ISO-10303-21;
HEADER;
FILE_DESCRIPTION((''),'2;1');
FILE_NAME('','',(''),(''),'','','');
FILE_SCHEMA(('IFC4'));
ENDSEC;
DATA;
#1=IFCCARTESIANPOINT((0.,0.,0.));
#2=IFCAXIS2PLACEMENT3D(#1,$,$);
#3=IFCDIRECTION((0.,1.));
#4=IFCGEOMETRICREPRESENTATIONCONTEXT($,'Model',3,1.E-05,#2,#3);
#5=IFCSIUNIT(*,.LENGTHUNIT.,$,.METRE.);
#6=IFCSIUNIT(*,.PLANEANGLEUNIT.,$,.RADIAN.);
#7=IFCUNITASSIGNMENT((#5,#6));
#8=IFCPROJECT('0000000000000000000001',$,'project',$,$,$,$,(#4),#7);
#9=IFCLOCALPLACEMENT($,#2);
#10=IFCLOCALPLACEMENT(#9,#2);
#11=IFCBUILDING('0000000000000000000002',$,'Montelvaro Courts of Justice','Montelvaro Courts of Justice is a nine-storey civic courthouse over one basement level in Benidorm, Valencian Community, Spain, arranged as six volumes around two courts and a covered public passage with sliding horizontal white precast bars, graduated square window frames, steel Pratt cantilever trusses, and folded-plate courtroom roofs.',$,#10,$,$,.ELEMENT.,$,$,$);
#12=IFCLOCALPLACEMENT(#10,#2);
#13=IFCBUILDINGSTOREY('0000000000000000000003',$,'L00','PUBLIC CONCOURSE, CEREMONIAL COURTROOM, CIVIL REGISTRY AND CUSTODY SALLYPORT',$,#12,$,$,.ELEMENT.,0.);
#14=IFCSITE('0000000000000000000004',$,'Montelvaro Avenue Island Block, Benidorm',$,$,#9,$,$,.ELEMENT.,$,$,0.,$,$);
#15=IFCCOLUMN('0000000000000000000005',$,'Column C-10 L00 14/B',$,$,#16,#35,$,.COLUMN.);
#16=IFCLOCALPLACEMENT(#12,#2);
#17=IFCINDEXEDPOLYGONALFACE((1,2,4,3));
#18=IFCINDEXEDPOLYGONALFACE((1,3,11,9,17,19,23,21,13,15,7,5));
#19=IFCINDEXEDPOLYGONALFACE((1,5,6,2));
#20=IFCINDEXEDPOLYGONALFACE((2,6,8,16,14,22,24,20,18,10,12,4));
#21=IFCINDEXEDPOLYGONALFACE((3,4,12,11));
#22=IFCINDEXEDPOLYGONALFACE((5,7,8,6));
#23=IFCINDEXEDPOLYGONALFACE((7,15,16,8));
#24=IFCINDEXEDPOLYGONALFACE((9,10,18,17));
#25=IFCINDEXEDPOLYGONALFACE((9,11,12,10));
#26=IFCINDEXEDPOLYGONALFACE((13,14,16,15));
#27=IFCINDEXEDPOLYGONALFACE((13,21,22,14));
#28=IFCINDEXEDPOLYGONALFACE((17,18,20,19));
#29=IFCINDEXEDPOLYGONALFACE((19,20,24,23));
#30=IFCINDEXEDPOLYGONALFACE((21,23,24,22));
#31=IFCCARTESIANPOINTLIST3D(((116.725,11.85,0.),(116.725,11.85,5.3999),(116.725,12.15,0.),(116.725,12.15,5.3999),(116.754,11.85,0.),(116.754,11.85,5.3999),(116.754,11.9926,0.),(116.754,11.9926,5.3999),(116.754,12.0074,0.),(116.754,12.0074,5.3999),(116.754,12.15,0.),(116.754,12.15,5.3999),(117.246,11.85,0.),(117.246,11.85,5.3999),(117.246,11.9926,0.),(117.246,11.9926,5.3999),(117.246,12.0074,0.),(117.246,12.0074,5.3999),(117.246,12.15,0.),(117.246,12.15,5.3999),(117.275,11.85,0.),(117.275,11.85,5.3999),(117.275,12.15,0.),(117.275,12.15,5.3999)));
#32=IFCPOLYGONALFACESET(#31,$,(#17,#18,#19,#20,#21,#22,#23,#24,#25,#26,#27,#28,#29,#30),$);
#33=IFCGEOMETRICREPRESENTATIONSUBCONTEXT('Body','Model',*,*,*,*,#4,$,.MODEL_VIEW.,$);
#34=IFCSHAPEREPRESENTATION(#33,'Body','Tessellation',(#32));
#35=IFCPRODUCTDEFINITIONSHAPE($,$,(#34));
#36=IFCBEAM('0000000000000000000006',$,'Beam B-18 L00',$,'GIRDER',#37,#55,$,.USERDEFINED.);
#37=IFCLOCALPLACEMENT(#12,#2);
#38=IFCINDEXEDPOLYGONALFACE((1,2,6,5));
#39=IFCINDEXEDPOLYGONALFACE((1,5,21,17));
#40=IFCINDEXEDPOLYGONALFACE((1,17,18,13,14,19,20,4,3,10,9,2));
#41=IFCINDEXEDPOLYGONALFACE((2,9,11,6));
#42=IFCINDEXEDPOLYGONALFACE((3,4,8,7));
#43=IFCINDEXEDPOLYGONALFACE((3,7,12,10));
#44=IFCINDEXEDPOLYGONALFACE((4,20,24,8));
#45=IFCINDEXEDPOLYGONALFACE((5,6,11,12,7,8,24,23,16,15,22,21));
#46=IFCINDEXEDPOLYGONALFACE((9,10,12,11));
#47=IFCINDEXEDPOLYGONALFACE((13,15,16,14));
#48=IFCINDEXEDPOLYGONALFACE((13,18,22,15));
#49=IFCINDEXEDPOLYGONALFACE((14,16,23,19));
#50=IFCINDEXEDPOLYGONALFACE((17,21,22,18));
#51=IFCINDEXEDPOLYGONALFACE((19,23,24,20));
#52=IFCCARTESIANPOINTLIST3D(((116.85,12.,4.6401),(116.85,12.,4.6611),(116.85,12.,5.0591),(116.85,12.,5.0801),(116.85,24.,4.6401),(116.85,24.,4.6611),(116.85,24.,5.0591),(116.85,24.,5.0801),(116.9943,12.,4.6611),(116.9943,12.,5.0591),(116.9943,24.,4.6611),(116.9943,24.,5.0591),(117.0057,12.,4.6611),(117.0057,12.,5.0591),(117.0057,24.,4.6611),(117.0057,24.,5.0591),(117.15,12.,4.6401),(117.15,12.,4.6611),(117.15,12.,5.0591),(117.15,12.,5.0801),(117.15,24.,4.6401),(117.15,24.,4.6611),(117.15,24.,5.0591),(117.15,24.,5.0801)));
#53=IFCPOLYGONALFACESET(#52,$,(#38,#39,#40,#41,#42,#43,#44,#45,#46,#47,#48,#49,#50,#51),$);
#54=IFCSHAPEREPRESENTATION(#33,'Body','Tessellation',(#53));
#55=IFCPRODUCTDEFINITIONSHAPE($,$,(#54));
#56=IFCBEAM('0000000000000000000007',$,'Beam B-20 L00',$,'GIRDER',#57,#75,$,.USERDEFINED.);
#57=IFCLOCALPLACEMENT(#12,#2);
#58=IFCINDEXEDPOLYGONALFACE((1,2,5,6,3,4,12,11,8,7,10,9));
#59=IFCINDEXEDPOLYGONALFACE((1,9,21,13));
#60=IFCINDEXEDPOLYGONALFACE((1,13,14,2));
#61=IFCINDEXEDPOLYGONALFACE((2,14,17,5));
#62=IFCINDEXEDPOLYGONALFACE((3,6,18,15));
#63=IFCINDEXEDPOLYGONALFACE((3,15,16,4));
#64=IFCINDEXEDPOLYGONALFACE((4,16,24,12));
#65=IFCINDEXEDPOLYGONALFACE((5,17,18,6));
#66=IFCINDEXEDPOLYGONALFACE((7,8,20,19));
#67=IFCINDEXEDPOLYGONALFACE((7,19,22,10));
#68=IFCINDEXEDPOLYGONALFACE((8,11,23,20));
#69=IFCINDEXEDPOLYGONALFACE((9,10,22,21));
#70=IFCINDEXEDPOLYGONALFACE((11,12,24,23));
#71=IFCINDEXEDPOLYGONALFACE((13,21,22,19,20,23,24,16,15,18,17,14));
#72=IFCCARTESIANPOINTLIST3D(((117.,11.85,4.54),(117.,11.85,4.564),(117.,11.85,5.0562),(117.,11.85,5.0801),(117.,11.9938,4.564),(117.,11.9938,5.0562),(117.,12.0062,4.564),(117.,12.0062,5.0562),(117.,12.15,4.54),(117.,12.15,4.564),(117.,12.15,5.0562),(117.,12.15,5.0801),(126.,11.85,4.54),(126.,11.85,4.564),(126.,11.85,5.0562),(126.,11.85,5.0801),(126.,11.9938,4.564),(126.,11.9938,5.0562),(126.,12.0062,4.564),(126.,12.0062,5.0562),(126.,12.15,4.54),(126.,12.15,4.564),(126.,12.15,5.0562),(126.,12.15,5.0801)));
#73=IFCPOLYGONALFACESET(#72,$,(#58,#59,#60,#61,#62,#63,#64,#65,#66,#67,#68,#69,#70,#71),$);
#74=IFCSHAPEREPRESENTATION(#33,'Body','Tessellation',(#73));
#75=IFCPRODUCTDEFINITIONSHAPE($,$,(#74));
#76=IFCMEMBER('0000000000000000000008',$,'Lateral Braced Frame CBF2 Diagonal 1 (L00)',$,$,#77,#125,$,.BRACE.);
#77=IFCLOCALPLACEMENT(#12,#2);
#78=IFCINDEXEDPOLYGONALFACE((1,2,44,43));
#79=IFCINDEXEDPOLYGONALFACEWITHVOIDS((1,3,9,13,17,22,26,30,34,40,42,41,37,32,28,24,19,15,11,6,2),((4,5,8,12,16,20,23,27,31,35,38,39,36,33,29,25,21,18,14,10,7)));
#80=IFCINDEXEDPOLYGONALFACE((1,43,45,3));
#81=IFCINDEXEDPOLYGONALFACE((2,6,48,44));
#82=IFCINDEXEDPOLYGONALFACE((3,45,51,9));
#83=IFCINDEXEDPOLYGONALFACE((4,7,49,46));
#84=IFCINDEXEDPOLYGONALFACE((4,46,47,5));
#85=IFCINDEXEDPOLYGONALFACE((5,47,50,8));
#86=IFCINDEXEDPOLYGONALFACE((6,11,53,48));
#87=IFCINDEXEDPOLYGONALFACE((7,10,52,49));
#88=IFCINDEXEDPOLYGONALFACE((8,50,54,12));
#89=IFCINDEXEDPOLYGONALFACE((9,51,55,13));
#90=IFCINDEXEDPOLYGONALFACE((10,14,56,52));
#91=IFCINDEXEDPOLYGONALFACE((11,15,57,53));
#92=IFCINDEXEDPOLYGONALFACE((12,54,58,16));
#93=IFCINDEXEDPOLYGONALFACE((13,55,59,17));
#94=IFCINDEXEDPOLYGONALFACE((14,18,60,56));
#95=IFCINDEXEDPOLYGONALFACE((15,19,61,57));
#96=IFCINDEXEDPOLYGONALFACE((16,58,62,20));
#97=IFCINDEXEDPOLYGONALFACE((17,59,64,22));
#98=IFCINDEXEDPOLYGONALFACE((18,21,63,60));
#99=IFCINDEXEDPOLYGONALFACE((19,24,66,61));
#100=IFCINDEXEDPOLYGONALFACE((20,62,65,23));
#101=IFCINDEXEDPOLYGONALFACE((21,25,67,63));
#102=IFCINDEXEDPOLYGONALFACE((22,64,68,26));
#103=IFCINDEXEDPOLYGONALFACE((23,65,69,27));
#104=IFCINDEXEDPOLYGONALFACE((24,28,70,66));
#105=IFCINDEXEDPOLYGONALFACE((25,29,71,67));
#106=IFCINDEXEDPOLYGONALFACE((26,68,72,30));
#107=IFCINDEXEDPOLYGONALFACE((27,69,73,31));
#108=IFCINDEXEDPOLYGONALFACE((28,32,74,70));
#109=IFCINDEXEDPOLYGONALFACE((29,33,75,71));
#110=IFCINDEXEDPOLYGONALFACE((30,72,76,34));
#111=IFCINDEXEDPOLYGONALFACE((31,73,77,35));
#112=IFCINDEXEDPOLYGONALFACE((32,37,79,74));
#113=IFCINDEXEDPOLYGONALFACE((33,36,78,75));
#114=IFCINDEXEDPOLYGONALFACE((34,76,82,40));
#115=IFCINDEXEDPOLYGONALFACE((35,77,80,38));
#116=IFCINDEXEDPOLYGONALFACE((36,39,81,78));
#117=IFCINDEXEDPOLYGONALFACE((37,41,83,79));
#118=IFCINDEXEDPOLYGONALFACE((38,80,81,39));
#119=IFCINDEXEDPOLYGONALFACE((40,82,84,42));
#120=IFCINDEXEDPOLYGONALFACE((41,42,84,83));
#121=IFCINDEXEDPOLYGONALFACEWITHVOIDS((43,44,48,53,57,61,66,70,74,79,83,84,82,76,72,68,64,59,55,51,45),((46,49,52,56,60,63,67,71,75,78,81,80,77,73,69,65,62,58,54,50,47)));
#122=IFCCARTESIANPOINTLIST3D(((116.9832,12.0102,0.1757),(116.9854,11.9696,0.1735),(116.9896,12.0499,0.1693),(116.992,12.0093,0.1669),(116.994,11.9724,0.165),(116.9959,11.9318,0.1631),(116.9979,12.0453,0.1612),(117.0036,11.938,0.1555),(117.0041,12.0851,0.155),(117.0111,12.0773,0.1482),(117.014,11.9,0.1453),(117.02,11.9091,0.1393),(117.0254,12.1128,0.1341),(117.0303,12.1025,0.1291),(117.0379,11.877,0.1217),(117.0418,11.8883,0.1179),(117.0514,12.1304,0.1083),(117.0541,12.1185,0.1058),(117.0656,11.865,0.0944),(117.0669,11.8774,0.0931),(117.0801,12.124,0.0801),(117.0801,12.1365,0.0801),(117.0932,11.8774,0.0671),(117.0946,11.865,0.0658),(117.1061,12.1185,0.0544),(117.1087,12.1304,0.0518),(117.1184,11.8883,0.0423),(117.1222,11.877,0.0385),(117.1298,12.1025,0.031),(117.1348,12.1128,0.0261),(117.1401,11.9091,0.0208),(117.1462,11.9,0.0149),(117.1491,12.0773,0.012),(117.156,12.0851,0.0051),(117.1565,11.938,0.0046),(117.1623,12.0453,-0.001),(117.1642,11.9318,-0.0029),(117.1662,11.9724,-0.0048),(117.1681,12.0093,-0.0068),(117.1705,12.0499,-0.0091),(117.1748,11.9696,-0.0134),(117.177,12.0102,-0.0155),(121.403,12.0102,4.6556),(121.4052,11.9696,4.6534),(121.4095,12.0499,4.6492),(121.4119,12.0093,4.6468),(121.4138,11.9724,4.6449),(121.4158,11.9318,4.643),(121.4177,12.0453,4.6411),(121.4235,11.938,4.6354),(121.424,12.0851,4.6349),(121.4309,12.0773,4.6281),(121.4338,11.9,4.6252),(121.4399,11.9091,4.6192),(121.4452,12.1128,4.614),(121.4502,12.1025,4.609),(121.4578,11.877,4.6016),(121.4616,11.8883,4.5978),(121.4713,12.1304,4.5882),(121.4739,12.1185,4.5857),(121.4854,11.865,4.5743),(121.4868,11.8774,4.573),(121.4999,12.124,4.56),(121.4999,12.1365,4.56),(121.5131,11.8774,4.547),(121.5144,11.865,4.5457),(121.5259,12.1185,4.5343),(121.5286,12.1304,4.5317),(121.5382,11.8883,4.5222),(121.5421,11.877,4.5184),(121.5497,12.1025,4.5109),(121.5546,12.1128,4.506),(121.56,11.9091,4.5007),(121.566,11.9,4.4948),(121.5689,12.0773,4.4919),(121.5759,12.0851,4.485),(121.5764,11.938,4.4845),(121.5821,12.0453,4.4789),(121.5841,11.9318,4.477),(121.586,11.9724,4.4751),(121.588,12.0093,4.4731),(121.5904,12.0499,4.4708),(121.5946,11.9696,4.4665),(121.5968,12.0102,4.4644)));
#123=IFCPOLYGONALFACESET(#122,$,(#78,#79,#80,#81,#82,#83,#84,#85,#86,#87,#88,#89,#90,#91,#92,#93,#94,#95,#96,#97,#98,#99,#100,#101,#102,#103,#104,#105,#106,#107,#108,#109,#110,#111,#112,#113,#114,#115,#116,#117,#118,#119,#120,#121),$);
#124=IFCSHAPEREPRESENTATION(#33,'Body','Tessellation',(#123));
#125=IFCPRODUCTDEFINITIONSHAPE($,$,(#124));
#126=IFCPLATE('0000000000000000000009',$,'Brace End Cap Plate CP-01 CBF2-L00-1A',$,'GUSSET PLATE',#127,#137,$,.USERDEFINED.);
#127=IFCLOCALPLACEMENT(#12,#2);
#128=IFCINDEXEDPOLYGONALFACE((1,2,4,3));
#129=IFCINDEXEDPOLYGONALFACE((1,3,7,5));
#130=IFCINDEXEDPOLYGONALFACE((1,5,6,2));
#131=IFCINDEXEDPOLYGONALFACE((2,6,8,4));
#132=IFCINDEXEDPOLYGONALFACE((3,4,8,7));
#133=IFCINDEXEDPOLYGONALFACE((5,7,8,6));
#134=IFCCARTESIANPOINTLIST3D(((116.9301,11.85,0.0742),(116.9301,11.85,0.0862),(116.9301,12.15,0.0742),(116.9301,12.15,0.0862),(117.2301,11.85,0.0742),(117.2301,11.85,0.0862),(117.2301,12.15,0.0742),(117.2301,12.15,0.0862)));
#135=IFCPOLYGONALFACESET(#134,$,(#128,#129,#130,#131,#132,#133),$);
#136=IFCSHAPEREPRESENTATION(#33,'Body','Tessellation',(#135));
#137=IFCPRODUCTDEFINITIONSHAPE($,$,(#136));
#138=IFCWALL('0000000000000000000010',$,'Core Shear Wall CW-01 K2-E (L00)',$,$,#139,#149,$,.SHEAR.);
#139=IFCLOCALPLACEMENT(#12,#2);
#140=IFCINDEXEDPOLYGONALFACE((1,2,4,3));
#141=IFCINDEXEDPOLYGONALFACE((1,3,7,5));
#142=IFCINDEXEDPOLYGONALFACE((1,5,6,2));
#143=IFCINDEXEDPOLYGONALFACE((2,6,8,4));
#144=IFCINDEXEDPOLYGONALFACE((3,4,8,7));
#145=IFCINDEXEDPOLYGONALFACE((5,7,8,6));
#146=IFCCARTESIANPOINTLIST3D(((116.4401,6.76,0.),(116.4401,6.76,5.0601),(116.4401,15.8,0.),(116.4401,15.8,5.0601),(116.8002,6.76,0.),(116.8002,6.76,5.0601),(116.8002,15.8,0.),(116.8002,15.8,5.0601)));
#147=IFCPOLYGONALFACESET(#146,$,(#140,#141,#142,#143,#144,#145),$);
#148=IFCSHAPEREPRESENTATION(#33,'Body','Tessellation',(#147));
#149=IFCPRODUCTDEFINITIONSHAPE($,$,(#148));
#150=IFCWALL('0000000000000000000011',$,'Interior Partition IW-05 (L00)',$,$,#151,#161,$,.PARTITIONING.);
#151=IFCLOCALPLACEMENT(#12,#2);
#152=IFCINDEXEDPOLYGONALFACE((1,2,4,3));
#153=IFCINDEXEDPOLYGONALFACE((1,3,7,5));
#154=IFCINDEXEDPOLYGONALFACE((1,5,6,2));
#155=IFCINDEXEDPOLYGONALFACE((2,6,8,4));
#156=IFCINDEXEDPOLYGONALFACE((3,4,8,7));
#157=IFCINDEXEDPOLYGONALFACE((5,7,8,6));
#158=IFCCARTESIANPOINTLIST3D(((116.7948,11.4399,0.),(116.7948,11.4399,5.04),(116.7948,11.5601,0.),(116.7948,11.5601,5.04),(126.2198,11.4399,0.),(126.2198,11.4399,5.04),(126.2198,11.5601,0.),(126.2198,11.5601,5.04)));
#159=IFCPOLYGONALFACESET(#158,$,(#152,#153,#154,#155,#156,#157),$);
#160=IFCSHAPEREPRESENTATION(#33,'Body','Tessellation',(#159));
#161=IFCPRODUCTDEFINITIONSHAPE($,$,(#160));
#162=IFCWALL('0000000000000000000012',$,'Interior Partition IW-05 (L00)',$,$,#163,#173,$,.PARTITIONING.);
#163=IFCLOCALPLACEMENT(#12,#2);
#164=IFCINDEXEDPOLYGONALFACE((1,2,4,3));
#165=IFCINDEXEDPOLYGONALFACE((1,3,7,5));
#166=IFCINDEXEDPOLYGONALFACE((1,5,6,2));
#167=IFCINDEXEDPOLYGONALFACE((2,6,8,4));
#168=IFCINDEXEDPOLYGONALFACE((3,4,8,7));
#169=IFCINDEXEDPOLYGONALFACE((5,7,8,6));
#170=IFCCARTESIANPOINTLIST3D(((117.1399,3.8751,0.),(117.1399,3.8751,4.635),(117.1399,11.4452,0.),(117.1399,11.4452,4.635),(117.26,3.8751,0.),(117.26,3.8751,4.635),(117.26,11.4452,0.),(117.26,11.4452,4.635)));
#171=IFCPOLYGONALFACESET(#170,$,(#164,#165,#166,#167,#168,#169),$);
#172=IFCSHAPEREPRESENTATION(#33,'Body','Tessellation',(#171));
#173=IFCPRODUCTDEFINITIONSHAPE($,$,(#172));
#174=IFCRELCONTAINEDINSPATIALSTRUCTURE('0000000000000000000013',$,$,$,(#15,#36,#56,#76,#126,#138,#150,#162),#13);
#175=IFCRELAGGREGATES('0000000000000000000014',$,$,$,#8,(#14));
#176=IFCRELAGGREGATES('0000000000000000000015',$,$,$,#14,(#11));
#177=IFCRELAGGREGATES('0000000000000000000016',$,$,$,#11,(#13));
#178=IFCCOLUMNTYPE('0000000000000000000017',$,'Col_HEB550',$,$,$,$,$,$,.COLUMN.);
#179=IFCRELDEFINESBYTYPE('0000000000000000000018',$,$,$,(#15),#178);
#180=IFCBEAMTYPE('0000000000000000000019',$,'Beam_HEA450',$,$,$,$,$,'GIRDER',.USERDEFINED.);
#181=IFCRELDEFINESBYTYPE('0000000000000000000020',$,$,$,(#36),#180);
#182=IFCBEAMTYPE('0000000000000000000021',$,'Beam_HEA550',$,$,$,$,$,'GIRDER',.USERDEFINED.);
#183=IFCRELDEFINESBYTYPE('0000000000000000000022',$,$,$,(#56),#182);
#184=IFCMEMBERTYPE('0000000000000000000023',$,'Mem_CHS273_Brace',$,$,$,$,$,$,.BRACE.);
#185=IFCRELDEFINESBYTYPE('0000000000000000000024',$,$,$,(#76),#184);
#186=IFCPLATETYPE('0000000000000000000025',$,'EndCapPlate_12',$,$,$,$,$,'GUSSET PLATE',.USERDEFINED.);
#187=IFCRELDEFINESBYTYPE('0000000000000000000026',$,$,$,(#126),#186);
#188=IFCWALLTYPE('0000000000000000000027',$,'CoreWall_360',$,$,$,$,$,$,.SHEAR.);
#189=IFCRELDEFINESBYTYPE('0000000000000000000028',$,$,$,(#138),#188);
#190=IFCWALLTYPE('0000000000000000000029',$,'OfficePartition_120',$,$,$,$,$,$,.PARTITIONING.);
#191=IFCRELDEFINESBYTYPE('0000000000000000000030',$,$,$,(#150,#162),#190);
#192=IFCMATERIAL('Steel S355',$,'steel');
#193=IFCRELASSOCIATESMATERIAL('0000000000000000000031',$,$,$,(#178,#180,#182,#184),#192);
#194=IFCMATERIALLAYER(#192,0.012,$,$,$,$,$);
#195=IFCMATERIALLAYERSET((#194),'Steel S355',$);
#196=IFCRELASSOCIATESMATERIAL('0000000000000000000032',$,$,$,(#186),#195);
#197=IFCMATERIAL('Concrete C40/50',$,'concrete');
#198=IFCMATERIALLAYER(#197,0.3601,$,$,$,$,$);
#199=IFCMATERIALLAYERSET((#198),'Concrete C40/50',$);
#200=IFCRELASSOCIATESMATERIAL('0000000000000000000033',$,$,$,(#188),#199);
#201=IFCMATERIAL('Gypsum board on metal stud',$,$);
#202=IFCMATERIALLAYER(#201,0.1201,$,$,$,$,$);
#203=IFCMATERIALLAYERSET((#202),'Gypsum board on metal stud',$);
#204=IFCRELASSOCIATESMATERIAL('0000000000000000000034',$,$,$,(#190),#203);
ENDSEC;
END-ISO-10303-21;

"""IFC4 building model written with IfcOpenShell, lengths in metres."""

from ifc_helpers import new_model, si_unit, direction, frame, frame_2d, origin, origin_2d, place, context, subcontext, project, spatial, rectangle, hollow_circle, i_section, extrude, material, layer, layer_set, material_profile, profile_set, type_object, element, save


model = new_model("IFC4")

# Units and contexts
model_context = context("Model", 3, precision=1e-05, world=origin(), true_north=direction((0.0, 1.0)))
body_context = subcontext(model_context, "Body", "Model", "MODEL_VIEW")
ifc_project = project(units=[si_unit("LENGTHUNIT", "METRE"), si_unit("PLANEANGLEUNIT", "RADIAN")], contexts=[model_context])

# Site, building, storey
site_placement = place(None, origin())
site = spatial("IfcSite", under=ifc_project, at=site_placement, Name="Montelvaro Avenue Island Block, Benidorm", CompositionType="ELEMENT", RefElevation=0.0)
building_placement = place(site_placement, origin())
building = spatial("IfcBuilding", under=site, at=building_placement, Name="Montelvaro Courts of Justice", Description="Montelvaro Courts of Justice is a nine-storey civic courthouse over one basement level in Benidorm, Valencian Community, Spain, arranged as six volumes around two courts and a covered public passage with sliding horizontal white precast bars, graduated square window frames, steel Pratt cantilever trusses, and folded-plate courtroom roofs.", CompositionType="ELEMENT")
storey_placement = place(building_placement, origin())
storey = spatial("IfcBuildingStorey", under=building, at=storey_placement, Name="L00", Description="PUBLIC CONCOURSE, CEREMONIAL COURTROOM, CIVIL REGISTRY AND CUSTODY SALLYPORT", CompositionType="ELEMENT", Elevation=0.0)

# Column
ifc_material_1 = material(Name="Steel S355", Category="steel")
ifc_material_profile_1 = material_profile(ifc_material_1, i_section(OverallWidth=0.3, OverallDepth=0.55, WebThickness=0.0149, FlangeThickness=0.0291, at=origin_2d()), Name="HEB 550")
ifc_profile_set_1 = profile_set([ifc_material_profile_1], Name="Steel S355")
column_type = type_object("IfcColumnType", Name="Col_HEB550", PredefinedType="COLUMN", material=ifc_profile_set_1)
column_placement = place(storey_placement, frame((117.0, 12.0, 0.0), z_axis=(0.0, 0.0, 1.0), x_axis=(0.0, 1.0, 0.0)))
element("IfcColumn", 1, at=column_placement, inside=storey, type_object=column_type, Name="Column C-10 L00 14/B", PredefinedType="COLUMN", context=body_context, shape_type="SweptSolid", body=[
    extrude(i_section(OverallWidth=0.3, OverallDepth=0.55, WebThickness=0.0149, FlangeThickness=0.0291, at=origin_2d()), origin(), (0.0, 0.0, 1.0), 5.3999),
])

# Beams
ifc_material_profile_2 = material_profile(ifc_material_1, i_section(OverallWidth=0.3, OverallDepth=0.4399, WebThickness=0.0115, FlangeThickness=0.021, at=origin_2d()), Name="HEA 450")
ifc_profile_set_2 = profile_set([ifc_material_profile_2], Name="Steel S355")
beam_type_1 = type_object("IfcBeamType", Name="Beam_HEA450", ElementType="GIRDER", PredefinedType="USERDEFINED", material=ifc_profile_set_2)
beam_1_placement = place(storey_placement, frame((117.0, 12.0, 4.8601), z_axis=(0.0, 1.0, 0.0), x_axis=(-1.0, 0.0, 0.0)))
element("IfcBeam", 2, at=beam_1_placement, inside=storey, type_object=beam_type_1, Name="Beam B-18 L00", ObjectType="GIRDER", PredefinedType="USERDEFINED", context=body_context, shape_type="SweptSolid", body=[
    extrude(i_section(OverallWidth=0.3, OverallDepth=0.4399, WebThickness=0.0115, FlangeThickness=0.021, at=origin_2d()), origin(), (0.0, 0.0, 1.0), 12.0),
])
ifc_material_profile_3 = material_profile(ifc_material_1, i_section(OverallWidth=0.3, OverallDepth=0.54, WebThickness=0.0125, FlangeThickness=0.0239, at=origin_2d()), Name="HEA 550")
ifc_profile_set_3 = profile_set([ifc_material_profile_3], Name="Steel S355")
beam_type_2 = type_object("IfcBeamType", Name="Beam_HEA550", ElementType="GIRDER", PredefinedType="USERDEFINED", material=ifc_profile_set_3)
beam_2_placement = place(storey_placement, frame((117.0, 12.0, 4.8101), z_axis=(1.0, 0.0, 0.0), x_axis=(0.0, 1.0, 0.0)))
element("IfcBeam", 3, at=beam_2_placement, inside=storey, type_object=beam_type_2, Name="Beam B-20 L00", ObjectType="GIRDER", PredefinedType="USERDEFINED", context=body_context, shape_type="SweptSolid", body=[
    extrude(i_section(OverallWidth=0.3, OverallDepth=0.54, WebThickness=0.0125, FlangeThickness=0.0239, at=origin_2d()), origin(), (0.0, 0.0, 1.0), 9.0),
])

# Member
ifc_material_profile_4 = material_profile(ifc_material_1, hollow_circle(Radius=0.1365, WallThickness=0.0125, at=origin_2d()), Name="CHS 273x12.5")
ifc_profile_set_4 = profile_set([ifc_material_profile_4], Name="Steel S355")
member_type = type_object("IfcMemberType", Name="Mem_CHS273_Brace", PredefinedType="BRACE", material=ifc_profile_set_4)
member_placement = place(storey_placement, frame((117.0801, 12.0, 0.0801), z_axis=(0.702319, 0.0, 0.711862), x_axis=(0.0, 1.0, 0.0)))
element("IfcMember", 4, at=member_placement, inside=storey, type_object=member_type, Name="Lateral Braced Frame CBF2 Diagonal 1 (L00)", PredefinedType="BRACE", context=body_context, shape_type="SweptSolid", body=[
    extrude(hollow_circle(Radius=0.1365, WallThickness=0.0125, at=origin_2d()), origin(), (0.0, 0.0, 1.0), 6.2932),
])

# Plate
ifc_layer_1 = layer(ifc_material_1, 0.012)
ifc_layer_set_1 = layer_set([ifc_layer_1], Name="Steel S355")
plate_type = type_object("IfcPlateType", Name="EndCapPlate_12", ElementType="GUSSET PLATE", PredefinedType="USERDEFINED", material=ifc_layer_set_1)
plate_placement = place(storey_placement, frame((117.0801, 12.0, 0.0742), z_axis=(0.0, 0.0, 1.0), x_axis=(1.0, 0.0, 0.0)))
element("IfcPlate", 5, at=plate_placement, inside=storey, type_object=plate_type, Name="Brace End Cap Plate CP-01 CBF2-L00-1A", ObjectType="GUSSET PLATE", PredefinedType="USERDEFINED", context=body_context, shape_type="SweptSolid", body=[
    extrude(rectangle(XDim=0.3, YDim=0.3, at=origin_2d()), origin(), (0.0, 0.0, 1.0), 0.012),
])

# Walls
ifc_material_2 = material(Name="Concrete C40/50", Category="concrete")
ifc_layer_2 = layer(ifc_material_2, 0.3601)
ifc_layer_set_2 = layer_set([ifc_layer_2], Name="Concrete C40/50")
wall_type_1 = type_object("IfcWallType", Name="CoreWall_360", PredefinedType="SHEAR", material=ifc_layer_set_2)
wall_1_placement = place(storey_placement, frame((116.6201, 6.76, 0.0), z_axis=(0.0, 0.0, 1.0), x_axis=(0.0, 1.0, 0.0)))
element("IfcWall", 6, at=wall_1_placement, inside=storey, type_object=wall_type_1, Name="Core Shear Wall CW-01 K2-E (L00)", PredefinedType="SHEAR", context=body_context, shape_type="SweptSolid", body=[
    extrude(rectangle(XDim=9.04, YDim=0.3601, at=frame_2d((4.52, 0.0))), origin(), (0.0, 0.0, 1.0), 5.0601),
])
ifc_material_3 = material(Name="Gypsum board on metal stud")
ifc_layer_3 = layer(ifc_material_3, 0.1201)
ifc_layer_set_3 = layer_set([ifc_layer_3], Name="Gypsum board on metal stud")
wall_type_2 = type_object("IfcWallType", Name="OfficePartition_120", PredefinedType="PARTITIONING", material=ifc_layer_set_3)
wall_2_placement = place(storey_placement, frame((116.7949, 11.5, 0.0), z_axis=(0.0, 0.0, 1.0), x_axis=(1.0, 0.0, 0.0)))
element("IfcWall", 7, at=wall_2_placement, inside=storey, type_object=wall_type_2, Name="Interior Partition IW-05 (L00)", PredefinedType="PARTITIONING", context=body_context, shape_type="SweptSolid", body=[
    extrude(rectangle(XDim=9.425, YDim=0.1201, at=frame_2d((4.7124, 0.0))), origin(), (0.0, 0.0, 1.0), 5.04),
])
wall_3_placement = place(storey_placement, frame((117.2, 3.875, 0.0), z_axis=(0.0, 0.0, 1.0), x_axis=(0.0, 1.0, 0.0)))
element("IfcWall", 8, at=wall_3_placement, inside=storey, type_object=wall_type_2, Name="Interior Partition IW-05 (L00)", PredefinedType="PARTITIONING", context=body_context, shape_type="SweptSolid", body=[
    extrude(rectangle(XDim=7.5701, YDim=0.1201, at=frame_2d((3.7852, 0.0))), origin(), (0.0, 0.0, 1.0), 4.635),
])

save(model, "model.ifc")
